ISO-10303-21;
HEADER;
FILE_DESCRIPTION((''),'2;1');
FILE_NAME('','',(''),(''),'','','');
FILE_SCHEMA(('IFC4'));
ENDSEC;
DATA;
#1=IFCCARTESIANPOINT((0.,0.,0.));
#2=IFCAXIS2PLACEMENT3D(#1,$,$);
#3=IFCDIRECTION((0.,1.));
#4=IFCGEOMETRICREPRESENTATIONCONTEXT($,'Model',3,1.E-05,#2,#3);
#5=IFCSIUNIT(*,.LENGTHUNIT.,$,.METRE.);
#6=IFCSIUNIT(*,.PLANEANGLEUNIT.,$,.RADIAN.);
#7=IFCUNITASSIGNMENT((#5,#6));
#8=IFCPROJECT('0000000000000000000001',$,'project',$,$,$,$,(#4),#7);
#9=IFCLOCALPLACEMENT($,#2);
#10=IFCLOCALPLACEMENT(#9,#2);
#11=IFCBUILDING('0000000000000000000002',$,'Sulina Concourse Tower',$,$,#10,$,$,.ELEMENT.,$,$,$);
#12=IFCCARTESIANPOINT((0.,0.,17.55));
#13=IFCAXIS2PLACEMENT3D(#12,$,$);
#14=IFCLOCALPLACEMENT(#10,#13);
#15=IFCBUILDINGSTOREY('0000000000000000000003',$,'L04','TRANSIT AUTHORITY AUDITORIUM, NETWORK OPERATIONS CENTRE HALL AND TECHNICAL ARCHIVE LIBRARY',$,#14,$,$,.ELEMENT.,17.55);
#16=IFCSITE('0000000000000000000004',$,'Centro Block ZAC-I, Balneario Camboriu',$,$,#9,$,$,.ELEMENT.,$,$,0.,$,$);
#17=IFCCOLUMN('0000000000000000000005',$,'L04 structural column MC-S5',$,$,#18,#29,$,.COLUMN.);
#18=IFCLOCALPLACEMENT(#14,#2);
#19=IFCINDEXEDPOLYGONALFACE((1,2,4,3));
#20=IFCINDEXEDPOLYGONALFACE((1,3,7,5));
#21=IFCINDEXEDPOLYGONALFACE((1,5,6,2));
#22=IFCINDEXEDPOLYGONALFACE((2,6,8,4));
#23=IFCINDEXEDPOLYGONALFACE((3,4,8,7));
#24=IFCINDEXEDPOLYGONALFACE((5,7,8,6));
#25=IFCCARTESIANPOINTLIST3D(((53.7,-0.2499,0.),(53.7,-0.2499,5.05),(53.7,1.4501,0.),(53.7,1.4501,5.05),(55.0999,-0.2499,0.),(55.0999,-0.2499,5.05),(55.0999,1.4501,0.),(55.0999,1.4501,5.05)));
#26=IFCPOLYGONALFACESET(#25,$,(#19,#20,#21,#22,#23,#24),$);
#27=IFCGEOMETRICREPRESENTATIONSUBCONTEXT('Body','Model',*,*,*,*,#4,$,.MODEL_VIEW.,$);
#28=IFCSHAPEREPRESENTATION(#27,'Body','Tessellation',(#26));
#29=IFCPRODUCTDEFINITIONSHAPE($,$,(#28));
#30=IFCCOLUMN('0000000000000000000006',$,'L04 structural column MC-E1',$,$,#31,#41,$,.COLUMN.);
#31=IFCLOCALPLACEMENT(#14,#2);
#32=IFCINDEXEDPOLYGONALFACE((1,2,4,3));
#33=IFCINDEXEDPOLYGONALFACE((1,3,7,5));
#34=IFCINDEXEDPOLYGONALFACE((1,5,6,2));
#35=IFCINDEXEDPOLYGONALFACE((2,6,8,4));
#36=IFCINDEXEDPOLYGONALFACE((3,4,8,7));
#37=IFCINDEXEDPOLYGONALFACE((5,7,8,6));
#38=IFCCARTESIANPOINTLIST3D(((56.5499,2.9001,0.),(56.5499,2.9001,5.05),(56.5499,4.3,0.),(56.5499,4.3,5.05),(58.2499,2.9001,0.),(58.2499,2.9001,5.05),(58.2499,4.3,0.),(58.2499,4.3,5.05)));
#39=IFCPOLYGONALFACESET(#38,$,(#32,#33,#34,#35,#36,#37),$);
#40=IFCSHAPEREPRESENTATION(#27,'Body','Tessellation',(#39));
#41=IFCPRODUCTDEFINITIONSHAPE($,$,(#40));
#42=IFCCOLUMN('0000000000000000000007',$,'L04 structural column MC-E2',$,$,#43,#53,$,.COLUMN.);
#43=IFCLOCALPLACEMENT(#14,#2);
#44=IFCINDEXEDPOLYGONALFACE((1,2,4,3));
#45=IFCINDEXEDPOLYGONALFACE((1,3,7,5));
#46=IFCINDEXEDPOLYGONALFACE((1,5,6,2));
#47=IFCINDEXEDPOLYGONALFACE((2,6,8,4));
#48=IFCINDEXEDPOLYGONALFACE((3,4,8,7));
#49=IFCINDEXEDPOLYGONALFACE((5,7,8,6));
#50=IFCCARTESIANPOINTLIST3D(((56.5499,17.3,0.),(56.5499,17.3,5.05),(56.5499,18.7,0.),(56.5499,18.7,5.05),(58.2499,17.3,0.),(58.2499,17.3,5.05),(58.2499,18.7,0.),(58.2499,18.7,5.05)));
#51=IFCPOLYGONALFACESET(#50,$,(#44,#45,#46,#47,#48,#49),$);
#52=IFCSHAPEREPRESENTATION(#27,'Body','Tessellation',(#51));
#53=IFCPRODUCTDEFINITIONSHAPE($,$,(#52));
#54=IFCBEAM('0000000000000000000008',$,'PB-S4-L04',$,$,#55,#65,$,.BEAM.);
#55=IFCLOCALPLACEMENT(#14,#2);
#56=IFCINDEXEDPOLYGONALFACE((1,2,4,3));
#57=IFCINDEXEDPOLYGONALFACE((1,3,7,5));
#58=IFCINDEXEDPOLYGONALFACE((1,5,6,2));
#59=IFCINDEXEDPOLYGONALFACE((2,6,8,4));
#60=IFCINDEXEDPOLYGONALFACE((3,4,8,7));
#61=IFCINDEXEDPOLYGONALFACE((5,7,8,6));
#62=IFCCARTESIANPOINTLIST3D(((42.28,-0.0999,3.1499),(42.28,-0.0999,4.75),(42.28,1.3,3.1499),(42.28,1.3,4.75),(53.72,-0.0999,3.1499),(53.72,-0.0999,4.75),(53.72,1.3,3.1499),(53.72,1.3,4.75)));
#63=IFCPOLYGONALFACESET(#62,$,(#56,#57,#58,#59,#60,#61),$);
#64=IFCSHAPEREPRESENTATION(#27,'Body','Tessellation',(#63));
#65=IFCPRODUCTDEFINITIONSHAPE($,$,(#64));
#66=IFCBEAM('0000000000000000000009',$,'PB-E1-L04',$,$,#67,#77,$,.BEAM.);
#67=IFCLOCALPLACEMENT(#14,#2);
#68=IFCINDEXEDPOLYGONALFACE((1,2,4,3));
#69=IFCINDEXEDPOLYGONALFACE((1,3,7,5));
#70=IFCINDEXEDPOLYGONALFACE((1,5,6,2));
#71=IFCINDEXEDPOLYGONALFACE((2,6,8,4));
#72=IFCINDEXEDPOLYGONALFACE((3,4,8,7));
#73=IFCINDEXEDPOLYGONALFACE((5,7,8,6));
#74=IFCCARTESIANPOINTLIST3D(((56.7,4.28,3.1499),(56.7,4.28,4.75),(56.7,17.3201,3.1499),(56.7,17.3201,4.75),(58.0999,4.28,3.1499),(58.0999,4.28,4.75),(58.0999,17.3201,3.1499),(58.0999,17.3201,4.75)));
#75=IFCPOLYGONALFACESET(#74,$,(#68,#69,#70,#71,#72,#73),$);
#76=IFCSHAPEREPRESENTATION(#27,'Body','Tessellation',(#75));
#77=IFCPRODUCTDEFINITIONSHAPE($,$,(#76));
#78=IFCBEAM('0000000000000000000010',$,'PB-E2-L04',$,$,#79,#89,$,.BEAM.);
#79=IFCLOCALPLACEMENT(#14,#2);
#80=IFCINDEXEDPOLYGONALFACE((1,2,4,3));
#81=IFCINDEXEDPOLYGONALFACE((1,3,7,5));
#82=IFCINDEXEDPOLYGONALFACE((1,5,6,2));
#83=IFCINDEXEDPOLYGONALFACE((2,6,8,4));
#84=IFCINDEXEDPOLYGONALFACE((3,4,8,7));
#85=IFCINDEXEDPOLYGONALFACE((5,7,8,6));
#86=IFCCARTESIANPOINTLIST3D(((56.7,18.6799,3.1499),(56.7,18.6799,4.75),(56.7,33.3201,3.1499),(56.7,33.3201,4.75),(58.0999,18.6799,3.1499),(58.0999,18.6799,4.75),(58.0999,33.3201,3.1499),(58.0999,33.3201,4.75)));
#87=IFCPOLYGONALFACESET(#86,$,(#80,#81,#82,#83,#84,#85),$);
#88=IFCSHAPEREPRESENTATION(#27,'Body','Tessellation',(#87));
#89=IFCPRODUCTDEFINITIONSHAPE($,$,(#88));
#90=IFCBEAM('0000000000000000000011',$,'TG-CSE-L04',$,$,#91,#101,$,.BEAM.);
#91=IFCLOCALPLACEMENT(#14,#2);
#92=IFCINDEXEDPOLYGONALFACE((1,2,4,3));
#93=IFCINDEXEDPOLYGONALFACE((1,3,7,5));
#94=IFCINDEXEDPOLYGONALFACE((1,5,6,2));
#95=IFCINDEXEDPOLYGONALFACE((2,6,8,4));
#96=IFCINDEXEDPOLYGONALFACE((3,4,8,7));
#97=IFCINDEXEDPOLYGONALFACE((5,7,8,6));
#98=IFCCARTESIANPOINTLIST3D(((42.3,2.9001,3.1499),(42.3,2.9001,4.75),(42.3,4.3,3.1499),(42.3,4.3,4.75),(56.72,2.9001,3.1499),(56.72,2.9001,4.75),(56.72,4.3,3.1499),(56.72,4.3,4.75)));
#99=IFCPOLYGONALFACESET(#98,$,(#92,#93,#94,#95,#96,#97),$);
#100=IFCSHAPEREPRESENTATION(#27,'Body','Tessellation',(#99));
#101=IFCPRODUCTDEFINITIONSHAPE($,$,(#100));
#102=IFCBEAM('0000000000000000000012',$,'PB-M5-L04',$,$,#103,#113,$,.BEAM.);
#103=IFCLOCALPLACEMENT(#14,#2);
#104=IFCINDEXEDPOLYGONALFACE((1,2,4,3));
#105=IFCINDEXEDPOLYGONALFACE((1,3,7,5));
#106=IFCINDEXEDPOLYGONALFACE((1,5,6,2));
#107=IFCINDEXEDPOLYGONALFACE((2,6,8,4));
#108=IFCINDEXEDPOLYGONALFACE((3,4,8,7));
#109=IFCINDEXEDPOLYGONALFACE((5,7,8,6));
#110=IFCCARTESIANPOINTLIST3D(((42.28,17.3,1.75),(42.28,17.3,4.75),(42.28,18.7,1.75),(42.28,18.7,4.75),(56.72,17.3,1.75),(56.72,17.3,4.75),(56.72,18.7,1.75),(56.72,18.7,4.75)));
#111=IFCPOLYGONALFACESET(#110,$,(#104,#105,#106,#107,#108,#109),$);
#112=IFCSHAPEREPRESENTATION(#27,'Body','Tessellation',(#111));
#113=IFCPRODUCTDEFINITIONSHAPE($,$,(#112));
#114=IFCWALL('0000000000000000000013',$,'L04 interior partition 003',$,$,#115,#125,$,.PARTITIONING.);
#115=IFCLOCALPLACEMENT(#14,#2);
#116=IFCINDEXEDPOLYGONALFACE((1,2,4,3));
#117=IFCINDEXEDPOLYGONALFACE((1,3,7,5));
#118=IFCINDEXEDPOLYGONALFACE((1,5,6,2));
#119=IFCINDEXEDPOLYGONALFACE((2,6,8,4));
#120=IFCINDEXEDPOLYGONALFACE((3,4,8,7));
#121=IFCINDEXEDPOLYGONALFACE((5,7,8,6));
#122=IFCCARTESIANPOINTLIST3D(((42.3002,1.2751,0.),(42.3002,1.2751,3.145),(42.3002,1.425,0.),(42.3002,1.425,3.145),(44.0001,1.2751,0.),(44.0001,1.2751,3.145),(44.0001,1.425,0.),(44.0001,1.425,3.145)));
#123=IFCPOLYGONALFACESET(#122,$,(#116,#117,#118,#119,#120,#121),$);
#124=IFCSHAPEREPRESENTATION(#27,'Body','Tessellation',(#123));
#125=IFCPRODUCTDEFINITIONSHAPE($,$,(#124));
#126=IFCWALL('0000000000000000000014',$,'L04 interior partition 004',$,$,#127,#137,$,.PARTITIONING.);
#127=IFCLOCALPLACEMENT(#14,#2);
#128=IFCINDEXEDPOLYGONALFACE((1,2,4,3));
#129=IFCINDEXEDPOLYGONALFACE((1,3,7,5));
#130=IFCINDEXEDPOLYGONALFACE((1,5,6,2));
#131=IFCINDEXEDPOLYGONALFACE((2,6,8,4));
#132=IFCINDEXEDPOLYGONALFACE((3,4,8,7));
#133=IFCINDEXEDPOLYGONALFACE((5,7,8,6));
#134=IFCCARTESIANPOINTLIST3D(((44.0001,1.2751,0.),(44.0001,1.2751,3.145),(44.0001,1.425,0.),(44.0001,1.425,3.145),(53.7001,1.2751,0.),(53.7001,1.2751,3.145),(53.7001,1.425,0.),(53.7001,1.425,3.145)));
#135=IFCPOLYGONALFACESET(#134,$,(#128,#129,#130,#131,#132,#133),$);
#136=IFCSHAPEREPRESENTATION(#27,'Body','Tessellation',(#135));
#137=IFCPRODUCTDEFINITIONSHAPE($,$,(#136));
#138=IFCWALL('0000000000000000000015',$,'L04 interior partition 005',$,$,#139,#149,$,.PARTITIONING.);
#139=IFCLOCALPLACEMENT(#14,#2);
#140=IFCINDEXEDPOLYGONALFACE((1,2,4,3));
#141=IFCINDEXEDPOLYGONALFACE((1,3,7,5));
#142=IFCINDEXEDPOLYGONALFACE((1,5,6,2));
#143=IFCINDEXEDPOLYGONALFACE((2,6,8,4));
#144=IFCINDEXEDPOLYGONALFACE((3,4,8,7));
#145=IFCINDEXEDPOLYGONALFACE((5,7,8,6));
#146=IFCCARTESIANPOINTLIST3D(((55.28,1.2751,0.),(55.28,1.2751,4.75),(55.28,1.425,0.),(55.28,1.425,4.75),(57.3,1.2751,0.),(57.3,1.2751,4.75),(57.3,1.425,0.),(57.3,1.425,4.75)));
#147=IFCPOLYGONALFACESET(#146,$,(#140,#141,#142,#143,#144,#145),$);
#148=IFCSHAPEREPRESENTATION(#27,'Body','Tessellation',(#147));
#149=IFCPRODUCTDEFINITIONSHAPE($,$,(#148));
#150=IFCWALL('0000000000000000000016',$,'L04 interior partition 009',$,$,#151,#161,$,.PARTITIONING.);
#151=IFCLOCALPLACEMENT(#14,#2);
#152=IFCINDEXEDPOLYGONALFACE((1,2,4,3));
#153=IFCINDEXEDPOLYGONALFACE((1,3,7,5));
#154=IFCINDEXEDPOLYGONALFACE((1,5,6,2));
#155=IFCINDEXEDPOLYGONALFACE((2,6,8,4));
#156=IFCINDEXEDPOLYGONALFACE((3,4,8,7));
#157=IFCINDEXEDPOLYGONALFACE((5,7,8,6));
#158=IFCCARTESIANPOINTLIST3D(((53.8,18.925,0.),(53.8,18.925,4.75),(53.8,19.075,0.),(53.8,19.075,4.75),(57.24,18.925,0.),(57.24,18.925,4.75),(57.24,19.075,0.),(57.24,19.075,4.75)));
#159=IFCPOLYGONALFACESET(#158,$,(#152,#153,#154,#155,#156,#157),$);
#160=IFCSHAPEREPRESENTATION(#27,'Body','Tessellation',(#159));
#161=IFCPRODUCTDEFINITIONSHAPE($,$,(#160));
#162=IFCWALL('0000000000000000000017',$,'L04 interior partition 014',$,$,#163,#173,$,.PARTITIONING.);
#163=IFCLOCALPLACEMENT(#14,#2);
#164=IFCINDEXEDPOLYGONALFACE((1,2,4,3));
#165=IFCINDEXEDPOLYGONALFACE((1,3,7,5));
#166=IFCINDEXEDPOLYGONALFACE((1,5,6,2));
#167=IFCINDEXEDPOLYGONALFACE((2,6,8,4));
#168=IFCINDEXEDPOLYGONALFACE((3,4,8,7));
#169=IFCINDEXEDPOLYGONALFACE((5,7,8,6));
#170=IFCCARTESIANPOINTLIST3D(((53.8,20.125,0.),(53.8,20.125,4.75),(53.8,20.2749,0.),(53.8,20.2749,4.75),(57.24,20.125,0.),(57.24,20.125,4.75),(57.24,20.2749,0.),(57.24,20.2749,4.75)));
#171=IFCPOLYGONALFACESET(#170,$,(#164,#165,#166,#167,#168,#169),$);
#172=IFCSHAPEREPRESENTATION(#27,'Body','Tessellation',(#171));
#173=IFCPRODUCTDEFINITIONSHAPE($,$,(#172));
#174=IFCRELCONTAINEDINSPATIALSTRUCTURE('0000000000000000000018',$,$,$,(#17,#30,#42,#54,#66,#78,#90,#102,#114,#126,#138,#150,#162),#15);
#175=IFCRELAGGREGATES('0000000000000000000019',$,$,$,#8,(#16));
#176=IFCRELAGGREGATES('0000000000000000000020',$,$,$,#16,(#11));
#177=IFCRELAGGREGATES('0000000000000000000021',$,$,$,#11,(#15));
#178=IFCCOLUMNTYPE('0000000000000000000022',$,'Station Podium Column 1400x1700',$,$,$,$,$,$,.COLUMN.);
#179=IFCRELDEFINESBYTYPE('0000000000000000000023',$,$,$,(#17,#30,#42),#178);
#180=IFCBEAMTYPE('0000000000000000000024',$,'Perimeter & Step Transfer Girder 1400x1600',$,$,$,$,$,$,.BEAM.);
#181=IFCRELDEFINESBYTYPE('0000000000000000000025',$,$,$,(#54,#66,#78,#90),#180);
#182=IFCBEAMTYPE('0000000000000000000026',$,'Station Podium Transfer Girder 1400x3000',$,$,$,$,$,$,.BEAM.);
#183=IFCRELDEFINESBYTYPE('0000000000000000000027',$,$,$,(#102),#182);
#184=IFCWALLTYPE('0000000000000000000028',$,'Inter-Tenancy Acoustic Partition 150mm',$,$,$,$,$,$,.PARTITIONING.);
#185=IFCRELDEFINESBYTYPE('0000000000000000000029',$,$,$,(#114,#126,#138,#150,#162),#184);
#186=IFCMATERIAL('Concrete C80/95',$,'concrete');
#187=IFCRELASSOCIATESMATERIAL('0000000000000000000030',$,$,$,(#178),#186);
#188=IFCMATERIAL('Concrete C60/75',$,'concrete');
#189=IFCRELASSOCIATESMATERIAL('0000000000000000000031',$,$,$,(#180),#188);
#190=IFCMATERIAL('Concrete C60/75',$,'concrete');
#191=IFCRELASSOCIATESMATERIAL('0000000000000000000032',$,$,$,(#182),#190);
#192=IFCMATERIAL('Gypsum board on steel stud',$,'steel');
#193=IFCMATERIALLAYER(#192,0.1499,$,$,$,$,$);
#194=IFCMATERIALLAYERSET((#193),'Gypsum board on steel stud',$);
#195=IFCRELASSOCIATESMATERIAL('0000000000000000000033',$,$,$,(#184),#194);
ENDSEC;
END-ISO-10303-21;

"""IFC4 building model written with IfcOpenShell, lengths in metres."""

from ifc_helpers import new_model, si_unit, direction, frame, frame_2d, origin, origin_2d, place, context, subcontext, project, spatial, rectangle, extrude, material, layer, layer_set, material_profile, profile_set, type_object, element, save


model = new_model("IFC4")

# Units and contexts
model_context = context("Model", 3, precision=1e-05, world=origin(), true_north=direction((0.0, 1.0)))
body_context = subcontext(model_context, "Body", "Model", "MODEL_VIEW")
ifc_project = project(units=[si_unit("LENGTHUNIT", "METRE"), si_unit("PLANEANGLEUNIT", "RADIAN")], contexts=[model_context])

# Site, building, storey
site_placement = place(None, origin())
site = spatial("IfcSite", under=ifc_project, at=site_placement, Name="Centro Block ZAC-I, Balneario Camboriu", CompositionType="ELEMENT", RefElevation=0.0)
building_placement = place(site_placement, origin())
building = spatial("IfcBuilding", under=site, at=building_placement, Name="Sulina Concourse Tower", CompositionType="ELEMENT")
storey_placement = place(building_placement, frame((0.0, 0.0, 17.55)))
storey = spatial("IfcBuildingStorey", under=building, at=storey_placement, Name="L04", Description="TRANSIT AUTHORITY AUDITORIUM, NETWORK OPERATIONS CENTRE HALL AND TECHNICAL ARCHIVE LIBRARY", CompositionType="ELEMENT", Elevation=17.55)

# Columns
ifc_material_1 = material(Name="Concrete C80/95", Category="concrete")
ifc_material_profile_1 = material_profile(ifc_material_1, rectangle(XDim=1.3999, YDim=1.7, at=origin_2d()), Name="RC 1400x1700")
ifc_profile_set_1 = profile_set([ifc_material_profile_1], Name="Concrete C80/95")
column_type = type_object("IfcColumnType", Name="Station Podium Column 1400x1700", PredefinedType="COLUMN", material=ifc_profile_set_1)
for number, where, z_axis, x_axis, name in (
    (1, (54.3999, 0.6001, 0.0), (0.0, 0.0, 1.0), (1.0, 0.0, 0.0), "L04 structural column MC-S5"),
    (2, (57.3999, 3.6001, 0.0), (0.0, 0.0, 1.0), (0.0, 1.0, 0.0), "L04 structural column MC-E1"),
    (3, (57.3999, 18.0, 0.0), (0.0, 0.0, 1.0), (0.0, 1.0, 0.0), "L04 structural column MC-E2"),
):
    element("IfcColumn", number, at=place(storey_placement, frame(where, z_axis=z_axis, x_axis=x_axis)), inside=storey, type_object=column_type, Name=name, PredefinedType="COLUMN", context=body_context, shape_type="SweptSolid", body=[
        extrude(rectangle(XDim=1.3999, YDim=1.7, at=origin_2d()), origin(), (0.0, 0.0, 1.0), 5.05),
    ])

# Beams
ifc_material_2 = material(Name="Concrete C60/75", Category="concrete")
ifc_material_profile_2 = material_profile(ifc_material_2, rectangle(XDim=1.3999, YDim=1.6001, at=origin_2d()), Name="RC 1400x1600")
ifc_profile_set_2 = profile_set([ifc_material_profile_2], Name="Concrete C60/75")
beam_type_1 = type_object("IfcBeamType", Name="Perimeter & Step Transfer Girder 1400x1600", PredefinedType="BEAM", material=ifc_profile_set_2)
beam_1_placement = place(storey_placement, frame((42.28, 0.6001, 3.95), z_axis=(1.0, 0.0, 0.0), x_axis=(0.0, 1.0, 0.0)))
element("IfcBeam", 4, at=beam_1_placement, inside=storey, type_object=beam_type_1, Name="PB-S4-L04", PredefinedType="BEAM", context=body_context, shape_type="SweptSolid", body=[
    extrude(rectangle(XDim=1.3999, YDim=1.6001, at=origin_2d()), origin(), (0.0, 0.0, 1.0), 11.4399),
])
beam_2_placement = place(storey_placement, frame((57.3999, 4.28, 3.95), z_axis=(0.0, 1.0, 0.0), x_axis=(-1.0, 0.0, 0.0)))
element("IfcBeam", 5, at=beam_2_placement, inside=storey, type_object=beam_type_1, Name="PB-E1-L04", PredefinedType="BEAM", context=body_context, shape_type="SweptSolid", body=[
    extrude(rectangle(XDim=1.3999, YDim=1.6001, at=origin_2d()), origin(), (0.0, 0.0, 1.0), 13.04),
])
beam_3_placement = place(storey_placement, frame((57.3999, 18.6799, 3.95), z_axis=(0.0, 1.0, 0.0), x_axis=(-1.0, 0.0, 0.0)))
element("IfcBeam", 6, at=beam_3_placement, inside=storey, type_object=beam_type_1, Name="PB-E2-L04", PredefinedType="BEAM", context=body_context, shape_type="SweptSolid", body=[
    extrude(rectangle(XDim=1.3999, YDim=1.6001, at=origin_2d()), origin(), (0.0, 0.0, 1.0), 14.6401),
])
beam_4_placement = place(storey_placement, frame((42.3, 3.6001, 3.95), z_axis=(1.0, 0.0, 0.0), x_axis=(0.0, 1.0, 0.0)))
element("IfcBeam", 7, at=beam_4_placement, inside=storey, type_object=beam_type_1, Name="TG-CSE-L04", PredefinedType="BEAM", context=body_context, shape_type="SweptSolid", body=[
    extrude(rectangle(XDim=1.3999, YDim=1.6001, at=origin_2d()), origin(), (0.0, 0.0, 1.0), 14.4199),
])
ifc_material_3 = material(Name="Concrete C60/75", Category="concrete")
ifc_material_profile_3 = material_profile(ifc_material_3, rectangle(XDim=1.3999, YDim=3.0, at=origin_2d()), Name="RC 1400x3000")
ifc_profile_set_3 = profile_set([ifc_material_profile_3], Name="Concrete C60/75")
beam_type_2 = type_object("IfcBeamType", Name="Station Podium Transfer Girder 1400x3000", PredefinedType="BEAM", material=ifc_profile_set_3)
beam_5_placement = place(storey_placement, frame((42.28, 18.0, 3.25), z_axis=(1.0, 0.0, 0.0), x_axis=(0.0, 1.0, 0.0)))
element("IfcBeam", 8, at=beam_5_placement, inside=storey, type_object=beam_type_2, Name="PB-M5-L04", PredefinedType="BEAM", context=body_context, shape_type="SweptSolid", body=[
    extrude(rectangle(XDim=1.3999, YDim=3.0, at=origin_2d()), origin(), (0.0, 0.0, 1.0), 14.4399),
])

# Walls
ifc_material_4 = material(Name="Gypsum board on steel stud", Category="steel")
ifc_layer_1 = layer(ifc_material_4, 0.1499)
ifc_layer_set_1 = layer_set([ifc_layer_1], Name="Gypsum board on steel stud")
wall_type_1 = type_object("IfcWallType", Name="Inter-Tenancy Acoustic Partition 150mm", PredefinedType="PARTITIONING", material=ifc_layer_set_1)
wall_1_placement = place(storey_placement, frame((42.3, 1.3501, 0.0), z_axis=(0.0, 0.0, 1.0), x_axis=(1.0, 0.0, 0.0)))
element("IfcWall", 9, at=wall_1_placement, inside=storey, type_object=wall_type_1, Name="L04 interior partition 003", PredefinedType="PARTITIONING", context=body_context, shape_type="SweptSolid", body=[
    extrude(rectangle(XDim=1.7, YDim=0.1499, at=frame_2d((0.8501, 0.0))), origin(), (0.0, 0.0, 1.0), 3.145),
])
wall_2_placement = place(storey_placement, frame((44.0, 1.3501, 0.0), z_axis=(0.0, 0.0, 1.0), x_axis=(1.0, 0.0, 0.0)))
element("IfcWall", 10, at=wall_2_placement, inside=storey, type_object=wall_type_1, Name="L04 interior partition 004", PredefinedType="PARTITIONING", context=body_context, shape_type="SweptSolid", body=[
    extrude(rectangle(XDim=9.7, YDim=0.1499, at=frame_2d((4.8501, 0.0))), origin(), (0.0, 0.0, 1.0), 3.145),
])
wall_3_placement = place(storey_placement, frame((55.28, 1.3501, 0.0), z_axis=(0.0, 0.0, 1.0), x_axis=(1.0, 0.0, 0.0)))
element("IfcWall", 11, at=wall_3_placement, inside=storey, type_object=wall_type_1, Name="L04 interior partition 005", PredefinedType="PARTITIONING", context=body_context, shape_type="SweptSolid", body=[
    extrude(rectangle(XDim=2.02, YDim=0.1499, at=frame_2d((1.01, 0.0))), origin(), (0.0, 0.0, 1.0), 4.75),
])
for number, where, z_axis, x_axis, name in (
    (12, (53.8, 19.0, 0.0), (0.0, 0.0, 1.0), (1.0, 0.0, 0.0), "L04 interior partition 009"),
    (13, (53.8, 20.2, 0.0), (0.0, 0.0, 1.0), (1.0, 0.0, 0.0), "L04 interior partition 014"),
):
    element("IfcWall", number, at=place(storey_placement, frame(where, z_axis=z_axis, x_axis=x_axis)), inside=storey, type_object=wall_type_1, Name=name, PredefinedType="PARTITIONING", context=body_context, shape_type="SweptSolid", body=[
        extrude(rectangle(XDim=3.4399, YDim=0.1499, at=frame_2d((1.72, 0.0))), origin(), (0.0, 0.0, 1.0), 4.75),
    ])

save(model, "model.ifc")
